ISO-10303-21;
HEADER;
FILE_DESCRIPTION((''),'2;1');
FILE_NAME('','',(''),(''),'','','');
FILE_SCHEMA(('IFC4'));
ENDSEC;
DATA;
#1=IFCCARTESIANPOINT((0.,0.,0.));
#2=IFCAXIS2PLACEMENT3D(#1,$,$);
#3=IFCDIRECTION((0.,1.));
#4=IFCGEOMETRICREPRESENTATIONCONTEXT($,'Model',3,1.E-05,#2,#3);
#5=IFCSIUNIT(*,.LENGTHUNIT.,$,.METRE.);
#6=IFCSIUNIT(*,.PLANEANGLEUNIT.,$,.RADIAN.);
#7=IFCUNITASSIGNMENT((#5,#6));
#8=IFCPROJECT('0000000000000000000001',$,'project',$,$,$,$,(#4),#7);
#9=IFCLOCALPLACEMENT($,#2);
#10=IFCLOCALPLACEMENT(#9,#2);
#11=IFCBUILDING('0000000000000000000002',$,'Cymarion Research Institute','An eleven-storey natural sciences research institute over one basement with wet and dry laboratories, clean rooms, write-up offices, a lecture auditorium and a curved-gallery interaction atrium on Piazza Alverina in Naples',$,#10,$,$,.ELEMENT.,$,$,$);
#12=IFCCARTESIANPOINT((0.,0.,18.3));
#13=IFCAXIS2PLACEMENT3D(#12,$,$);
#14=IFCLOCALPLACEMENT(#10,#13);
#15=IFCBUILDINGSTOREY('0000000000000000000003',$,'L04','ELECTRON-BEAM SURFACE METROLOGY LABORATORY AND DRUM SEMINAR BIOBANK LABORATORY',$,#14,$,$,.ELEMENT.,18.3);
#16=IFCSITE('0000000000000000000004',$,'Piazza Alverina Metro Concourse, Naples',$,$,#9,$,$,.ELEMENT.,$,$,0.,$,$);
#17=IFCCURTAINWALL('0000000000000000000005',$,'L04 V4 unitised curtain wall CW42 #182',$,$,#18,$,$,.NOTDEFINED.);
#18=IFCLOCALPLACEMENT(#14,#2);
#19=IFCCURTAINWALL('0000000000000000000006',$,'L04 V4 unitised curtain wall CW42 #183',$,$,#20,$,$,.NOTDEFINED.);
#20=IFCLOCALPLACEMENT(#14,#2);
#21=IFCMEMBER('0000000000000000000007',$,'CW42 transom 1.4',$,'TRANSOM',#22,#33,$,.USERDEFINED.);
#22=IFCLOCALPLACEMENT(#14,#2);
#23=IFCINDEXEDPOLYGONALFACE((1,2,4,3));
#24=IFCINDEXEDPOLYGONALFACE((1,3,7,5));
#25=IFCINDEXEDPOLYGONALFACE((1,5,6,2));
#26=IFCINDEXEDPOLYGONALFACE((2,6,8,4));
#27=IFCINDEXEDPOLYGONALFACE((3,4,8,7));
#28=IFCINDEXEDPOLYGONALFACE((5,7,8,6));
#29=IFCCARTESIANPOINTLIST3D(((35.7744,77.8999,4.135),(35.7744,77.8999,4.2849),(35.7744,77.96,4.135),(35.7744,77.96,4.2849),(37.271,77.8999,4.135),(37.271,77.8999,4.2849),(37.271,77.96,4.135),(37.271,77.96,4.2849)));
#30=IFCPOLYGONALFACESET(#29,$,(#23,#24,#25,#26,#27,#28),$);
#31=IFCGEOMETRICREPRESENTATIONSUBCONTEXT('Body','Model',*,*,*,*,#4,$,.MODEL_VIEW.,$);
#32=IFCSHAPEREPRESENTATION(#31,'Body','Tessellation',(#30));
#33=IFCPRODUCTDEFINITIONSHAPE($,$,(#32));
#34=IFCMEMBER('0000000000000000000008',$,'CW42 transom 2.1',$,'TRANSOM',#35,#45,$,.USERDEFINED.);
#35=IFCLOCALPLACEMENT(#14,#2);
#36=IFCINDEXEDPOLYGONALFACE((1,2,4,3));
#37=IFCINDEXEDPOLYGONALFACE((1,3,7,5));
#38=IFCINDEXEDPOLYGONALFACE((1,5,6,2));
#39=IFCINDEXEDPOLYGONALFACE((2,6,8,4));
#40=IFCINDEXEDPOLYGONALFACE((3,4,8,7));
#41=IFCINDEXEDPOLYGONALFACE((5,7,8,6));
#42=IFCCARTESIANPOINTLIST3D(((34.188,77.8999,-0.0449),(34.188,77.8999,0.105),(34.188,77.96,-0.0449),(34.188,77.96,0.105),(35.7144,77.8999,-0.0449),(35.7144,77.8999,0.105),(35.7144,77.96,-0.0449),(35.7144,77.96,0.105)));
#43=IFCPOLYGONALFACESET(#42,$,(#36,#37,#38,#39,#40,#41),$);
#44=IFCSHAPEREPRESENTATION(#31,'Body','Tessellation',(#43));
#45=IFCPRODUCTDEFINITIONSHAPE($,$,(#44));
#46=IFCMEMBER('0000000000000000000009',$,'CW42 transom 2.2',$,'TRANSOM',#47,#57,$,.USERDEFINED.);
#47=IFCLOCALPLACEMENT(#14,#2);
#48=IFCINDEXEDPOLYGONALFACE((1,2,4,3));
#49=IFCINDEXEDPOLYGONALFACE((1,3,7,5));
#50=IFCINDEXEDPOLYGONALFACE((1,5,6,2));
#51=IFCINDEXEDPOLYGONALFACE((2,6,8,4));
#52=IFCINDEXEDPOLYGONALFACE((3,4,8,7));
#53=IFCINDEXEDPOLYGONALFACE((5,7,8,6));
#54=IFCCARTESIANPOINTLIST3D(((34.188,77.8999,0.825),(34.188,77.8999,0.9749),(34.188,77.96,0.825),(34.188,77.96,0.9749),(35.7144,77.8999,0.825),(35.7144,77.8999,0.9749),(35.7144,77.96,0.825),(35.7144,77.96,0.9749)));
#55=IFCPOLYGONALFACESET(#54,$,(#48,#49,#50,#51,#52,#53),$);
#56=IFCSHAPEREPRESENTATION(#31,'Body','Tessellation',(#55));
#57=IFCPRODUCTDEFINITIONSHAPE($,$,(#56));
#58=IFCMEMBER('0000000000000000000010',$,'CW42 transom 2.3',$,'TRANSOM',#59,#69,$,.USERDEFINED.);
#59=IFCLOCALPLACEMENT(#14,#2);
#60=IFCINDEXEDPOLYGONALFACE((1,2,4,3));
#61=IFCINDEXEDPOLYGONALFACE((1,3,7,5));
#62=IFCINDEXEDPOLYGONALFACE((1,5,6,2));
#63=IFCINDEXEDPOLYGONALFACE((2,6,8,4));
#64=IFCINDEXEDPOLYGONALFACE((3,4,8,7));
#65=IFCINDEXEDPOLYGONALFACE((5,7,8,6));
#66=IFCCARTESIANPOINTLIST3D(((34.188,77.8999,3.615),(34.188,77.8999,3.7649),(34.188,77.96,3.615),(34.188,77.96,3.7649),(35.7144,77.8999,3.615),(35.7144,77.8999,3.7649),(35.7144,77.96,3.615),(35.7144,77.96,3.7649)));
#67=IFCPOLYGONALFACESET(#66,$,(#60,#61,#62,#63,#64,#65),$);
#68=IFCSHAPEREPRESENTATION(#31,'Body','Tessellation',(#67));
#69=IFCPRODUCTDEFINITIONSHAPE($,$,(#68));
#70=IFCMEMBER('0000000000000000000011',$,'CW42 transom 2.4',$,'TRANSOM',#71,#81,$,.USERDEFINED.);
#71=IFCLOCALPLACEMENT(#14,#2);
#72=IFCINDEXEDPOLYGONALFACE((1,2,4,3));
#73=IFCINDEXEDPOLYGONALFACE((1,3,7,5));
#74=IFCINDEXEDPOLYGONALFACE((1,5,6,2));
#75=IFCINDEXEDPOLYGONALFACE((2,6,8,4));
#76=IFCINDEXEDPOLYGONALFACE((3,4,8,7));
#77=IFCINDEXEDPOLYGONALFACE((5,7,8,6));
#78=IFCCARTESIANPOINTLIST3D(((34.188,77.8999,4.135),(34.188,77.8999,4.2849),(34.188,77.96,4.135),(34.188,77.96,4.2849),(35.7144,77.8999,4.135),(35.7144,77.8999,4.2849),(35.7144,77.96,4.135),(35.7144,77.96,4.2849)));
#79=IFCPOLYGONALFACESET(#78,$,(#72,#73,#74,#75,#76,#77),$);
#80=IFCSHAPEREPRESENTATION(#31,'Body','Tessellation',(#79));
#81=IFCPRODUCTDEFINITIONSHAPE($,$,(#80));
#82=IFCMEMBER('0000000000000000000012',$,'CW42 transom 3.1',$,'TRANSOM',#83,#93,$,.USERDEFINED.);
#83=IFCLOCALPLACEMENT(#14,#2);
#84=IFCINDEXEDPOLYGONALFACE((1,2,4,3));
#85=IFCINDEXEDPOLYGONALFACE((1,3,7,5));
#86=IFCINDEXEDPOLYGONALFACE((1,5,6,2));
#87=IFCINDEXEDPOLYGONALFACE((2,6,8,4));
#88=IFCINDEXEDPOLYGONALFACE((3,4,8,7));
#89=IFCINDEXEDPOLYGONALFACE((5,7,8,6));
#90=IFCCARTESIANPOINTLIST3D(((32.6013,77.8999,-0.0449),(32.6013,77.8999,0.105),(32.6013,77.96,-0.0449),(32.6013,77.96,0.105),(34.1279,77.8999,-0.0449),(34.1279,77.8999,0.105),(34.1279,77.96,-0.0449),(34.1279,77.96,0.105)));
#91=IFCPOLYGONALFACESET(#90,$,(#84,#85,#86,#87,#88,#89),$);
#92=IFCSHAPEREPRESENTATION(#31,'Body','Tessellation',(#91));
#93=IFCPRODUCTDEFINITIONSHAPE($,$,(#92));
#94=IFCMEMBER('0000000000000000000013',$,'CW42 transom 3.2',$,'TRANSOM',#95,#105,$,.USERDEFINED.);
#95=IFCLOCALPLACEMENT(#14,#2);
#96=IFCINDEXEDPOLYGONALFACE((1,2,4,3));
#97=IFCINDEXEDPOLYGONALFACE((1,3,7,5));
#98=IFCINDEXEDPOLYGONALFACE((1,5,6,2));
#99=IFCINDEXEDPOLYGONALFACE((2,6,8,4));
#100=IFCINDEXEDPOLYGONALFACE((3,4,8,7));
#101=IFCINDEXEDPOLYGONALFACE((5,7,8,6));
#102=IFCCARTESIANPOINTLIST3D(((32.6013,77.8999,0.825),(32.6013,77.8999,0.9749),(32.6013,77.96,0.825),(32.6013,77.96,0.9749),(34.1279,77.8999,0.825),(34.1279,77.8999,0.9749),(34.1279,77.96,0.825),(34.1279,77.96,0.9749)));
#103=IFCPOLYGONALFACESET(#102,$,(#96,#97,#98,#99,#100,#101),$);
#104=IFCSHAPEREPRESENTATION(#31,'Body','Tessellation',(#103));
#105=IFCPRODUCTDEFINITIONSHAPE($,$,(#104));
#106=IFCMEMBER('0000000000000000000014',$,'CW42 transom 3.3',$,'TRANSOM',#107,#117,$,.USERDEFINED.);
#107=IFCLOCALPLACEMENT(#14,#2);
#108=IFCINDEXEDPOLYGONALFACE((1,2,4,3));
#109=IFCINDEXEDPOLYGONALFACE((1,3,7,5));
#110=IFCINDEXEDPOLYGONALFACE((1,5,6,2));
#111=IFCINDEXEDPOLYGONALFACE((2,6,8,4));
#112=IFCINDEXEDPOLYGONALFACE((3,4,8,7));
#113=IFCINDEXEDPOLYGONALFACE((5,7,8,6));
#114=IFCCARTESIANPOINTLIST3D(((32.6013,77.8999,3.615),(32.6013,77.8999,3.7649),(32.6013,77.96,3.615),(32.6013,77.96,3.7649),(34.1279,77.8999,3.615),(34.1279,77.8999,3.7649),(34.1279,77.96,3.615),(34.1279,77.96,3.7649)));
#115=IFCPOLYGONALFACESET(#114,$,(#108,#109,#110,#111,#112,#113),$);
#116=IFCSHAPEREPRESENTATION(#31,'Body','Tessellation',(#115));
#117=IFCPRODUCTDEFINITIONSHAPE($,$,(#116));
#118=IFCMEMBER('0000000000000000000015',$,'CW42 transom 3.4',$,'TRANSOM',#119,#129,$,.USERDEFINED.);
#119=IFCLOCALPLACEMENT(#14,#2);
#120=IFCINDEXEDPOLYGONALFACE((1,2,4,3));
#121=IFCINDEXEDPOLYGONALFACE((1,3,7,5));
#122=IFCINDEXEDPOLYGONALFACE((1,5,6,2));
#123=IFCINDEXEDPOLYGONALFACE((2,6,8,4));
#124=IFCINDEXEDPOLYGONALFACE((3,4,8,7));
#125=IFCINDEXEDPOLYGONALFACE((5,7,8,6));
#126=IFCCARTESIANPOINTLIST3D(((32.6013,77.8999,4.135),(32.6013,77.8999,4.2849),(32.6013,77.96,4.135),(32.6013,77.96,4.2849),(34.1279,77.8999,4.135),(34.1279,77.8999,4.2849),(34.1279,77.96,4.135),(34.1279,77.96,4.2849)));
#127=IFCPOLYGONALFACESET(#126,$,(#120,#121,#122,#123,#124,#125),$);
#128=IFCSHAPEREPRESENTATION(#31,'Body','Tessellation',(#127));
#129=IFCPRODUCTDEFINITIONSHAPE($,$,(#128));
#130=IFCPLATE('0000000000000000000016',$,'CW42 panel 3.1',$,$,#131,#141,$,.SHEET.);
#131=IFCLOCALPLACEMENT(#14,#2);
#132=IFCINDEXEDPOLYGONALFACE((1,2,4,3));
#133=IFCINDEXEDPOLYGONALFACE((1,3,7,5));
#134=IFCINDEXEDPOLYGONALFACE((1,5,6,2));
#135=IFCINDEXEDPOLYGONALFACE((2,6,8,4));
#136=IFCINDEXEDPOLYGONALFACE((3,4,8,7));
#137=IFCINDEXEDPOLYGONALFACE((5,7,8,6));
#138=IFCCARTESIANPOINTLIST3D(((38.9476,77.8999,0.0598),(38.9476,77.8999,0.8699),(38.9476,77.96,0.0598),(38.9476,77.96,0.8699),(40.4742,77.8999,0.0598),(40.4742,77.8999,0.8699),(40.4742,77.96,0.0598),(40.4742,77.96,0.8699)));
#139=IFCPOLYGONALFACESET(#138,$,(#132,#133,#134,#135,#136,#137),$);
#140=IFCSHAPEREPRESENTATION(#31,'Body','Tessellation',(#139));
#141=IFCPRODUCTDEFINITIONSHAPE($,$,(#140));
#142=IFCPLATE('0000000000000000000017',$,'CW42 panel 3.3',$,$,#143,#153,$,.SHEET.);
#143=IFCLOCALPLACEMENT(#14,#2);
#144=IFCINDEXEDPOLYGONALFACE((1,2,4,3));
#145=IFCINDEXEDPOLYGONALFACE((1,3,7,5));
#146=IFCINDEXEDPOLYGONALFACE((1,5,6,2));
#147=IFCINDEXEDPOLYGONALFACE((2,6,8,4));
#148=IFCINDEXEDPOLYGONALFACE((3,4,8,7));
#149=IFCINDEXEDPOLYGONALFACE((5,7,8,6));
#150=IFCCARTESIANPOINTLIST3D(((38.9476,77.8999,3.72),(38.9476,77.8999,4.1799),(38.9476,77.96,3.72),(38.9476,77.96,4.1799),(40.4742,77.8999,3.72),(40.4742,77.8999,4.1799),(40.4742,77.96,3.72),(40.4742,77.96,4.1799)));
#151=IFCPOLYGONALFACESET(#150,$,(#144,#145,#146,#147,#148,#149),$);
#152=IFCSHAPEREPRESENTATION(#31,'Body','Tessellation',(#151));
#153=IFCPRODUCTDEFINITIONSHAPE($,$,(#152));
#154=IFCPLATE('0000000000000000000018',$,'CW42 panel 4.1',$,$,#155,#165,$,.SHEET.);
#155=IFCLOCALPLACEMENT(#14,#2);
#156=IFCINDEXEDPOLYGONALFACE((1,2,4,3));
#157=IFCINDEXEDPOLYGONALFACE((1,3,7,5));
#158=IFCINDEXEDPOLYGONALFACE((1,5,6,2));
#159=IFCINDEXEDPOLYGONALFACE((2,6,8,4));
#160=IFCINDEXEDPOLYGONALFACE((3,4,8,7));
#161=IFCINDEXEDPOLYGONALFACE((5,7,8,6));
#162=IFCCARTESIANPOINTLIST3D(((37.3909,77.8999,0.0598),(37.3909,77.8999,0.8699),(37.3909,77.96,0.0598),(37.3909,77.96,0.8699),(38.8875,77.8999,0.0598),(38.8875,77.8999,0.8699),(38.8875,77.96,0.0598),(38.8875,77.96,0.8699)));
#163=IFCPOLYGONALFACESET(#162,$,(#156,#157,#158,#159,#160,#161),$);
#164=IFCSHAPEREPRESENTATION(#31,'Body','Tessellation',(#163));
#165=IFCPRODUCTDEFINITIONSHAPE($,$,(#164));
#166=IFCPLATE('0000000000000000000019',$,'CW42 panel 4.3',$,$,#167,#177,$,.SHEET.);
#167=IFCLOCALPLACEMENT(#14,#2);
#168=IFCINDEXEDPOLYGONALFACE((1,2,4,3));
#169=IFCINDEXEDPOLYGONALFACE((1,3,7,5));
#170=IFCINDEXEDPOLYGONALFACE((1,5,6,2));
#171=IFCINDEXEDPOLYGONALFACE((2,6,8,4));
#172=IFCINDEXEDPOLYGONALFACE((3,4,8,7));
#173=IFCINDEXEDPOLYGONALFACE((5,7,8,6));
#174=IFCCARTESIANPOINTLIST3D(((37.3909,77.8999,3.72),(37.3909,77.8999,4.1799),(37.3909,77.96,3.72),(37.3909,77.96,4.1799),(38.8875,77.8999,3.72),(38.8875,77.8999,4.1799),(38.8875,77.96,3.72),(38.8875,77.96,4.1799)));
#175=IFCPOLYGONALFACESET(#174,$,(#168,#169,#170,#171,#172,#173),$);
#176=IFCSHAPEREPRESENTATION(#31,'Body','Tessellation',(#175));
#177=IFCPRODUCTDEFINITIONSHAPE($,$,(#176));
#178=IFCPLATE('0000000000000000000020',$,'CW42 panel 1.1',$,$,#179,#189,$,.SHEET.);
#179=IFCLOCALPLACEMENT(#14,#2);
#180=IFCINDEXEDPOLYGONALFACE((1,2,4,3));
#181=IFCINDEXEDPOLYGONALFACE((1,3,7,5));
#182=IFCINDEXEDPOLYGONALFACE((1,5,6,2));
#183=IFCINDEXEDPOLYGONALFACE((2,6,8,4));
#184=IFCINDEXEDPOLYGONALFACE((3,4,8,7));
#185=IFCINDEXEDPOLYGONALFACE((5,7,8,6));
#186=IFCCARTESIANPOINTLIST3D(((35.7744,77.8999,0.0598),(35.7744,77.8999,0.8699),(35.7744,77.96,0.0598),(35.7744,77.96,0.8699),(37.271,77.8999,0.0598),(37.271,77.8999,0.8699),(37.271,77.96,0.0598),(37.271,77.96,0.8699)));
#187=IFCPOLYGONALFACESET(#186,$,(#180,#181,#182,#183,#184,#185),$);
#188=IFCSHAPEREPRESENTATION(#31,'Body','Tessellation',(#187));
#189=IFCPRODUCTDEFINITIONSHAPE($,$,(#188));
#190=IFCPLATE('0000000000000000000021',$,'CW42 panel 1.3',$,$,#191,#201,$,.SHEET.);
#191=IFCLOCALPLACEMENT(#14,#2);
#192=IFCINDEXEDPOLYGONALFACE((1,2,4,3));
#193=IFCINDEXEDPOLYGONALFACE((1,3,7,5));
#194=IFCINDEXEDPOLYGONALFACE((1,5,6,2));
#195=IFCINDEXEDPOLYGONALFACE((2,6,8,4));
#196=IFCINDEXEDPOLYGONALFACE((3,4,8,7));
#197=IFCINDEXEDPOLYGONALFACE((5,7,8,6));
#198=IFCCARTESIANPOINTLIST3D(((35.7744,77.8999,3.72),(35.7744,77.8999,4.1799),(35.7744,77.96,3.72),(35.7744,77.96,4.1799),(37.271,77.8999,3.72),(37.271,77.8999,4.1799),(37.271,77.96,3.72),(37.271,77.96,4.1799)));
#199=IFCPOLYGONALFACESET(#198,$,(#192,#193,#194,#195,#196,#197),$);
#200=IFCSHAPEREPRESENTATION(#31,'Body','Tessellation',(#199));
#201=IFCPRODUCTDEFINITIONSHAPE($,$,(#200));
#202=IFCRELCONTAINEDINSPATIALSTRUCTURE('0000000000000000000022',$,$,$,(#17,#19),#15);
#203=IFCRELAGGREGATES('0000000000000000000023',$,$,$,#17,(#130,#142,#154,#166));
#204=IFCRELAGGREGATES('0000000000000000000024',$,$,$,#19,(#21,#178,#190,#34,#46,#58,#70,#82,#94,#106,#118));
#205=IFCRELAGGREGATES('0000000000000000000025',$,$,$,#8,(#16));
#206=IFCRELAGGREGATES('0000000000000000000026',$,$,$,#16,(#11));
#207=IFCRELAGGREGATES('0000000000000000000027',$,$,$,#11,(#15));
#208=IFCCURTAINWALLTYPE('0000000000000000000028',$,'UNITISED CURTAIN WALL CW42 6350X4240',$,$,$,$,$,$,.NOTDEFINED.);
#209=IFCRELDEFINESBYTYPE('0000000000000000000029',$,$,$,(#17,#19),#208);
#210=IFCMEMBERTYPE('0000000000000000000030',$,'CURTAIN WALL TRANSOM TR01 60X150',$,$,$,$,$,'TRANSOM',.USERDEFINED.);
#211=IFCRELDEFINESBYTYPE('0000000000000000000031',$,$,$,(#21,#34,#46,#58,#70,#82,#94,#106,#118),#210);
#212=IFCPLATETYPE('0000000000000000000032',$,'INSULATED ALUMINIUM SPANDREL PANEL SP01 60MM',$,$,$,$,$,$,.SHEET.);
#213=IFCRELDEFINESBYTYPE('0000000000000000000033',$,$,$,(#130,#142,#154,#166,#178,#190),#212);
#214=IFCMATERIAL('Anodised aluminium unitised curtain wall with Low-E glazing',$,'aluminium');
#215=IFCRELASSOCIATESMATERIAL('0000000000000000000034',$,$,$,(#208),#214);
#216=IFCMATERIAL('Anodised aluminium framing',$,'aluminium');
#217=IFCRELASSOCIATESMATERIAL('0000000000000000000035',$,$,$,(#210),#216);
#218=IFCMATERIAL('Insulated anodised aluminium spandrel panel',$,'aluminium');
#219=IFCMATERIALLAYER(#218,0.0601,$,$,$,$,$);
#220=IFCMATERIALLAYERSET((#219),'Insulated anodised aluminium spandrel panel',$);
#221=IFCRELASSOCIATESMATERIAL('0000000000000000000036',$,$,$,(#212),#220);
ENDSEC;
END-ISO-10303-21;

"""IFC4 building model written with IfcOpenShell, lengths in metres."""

from ifc_helpers import new_model, si_unit, direction, frame, origin, origin_2d, place, context, subcontext, project, spatial, rectangle, extrude, material, layer, layer_set, material_profile, profile_set, type_object, element, aggregate, save


model = new_model("IFC4")

# Units and contexts
model_context = context("Model", 3, precision=1e-05, world=origin(), true_north=direction((0.0, 1.0)))
body_context = subcontext(model_context, "Body", "Model", "MODEL_VIEW")
ifc_project = project(units=[si_unit("LENGTHUNIT", "METRE"), si_unit("PLANEANGLEUNIT", "RADIAN")], contexts=[model_context])

# Site, building, storey
site_placement = place(None, origin())
site = spatial("IfcSite", under=ifc_project, at=site_placement, Name="Piazza Alverina Metro Concourse, Naples", CompositionType="ELEMENT", RefElevation=0.0)
building_placement = place(site_placement, origin())
building = spatial("IfcBuilding", under=site, at=building_placement, Name="Cymarion Research Institute", Description="An eleven-storey natural sciences research institute over one basement with wet and dry laboratories, clean rooms, write-up offices, a lecture auditorium and a curved-gallery interaction atrium on Piazza Alverina in Naples", CompositionType="ELEMENT")
storey_placement = place(building_placement, frame((0.0, 0.0, 18.3)))
storey = spatial("IfcBuildingStorey", under=building, at=storey_placement, Name="L04", Description="ELECTRON-BEAM SURFACE METROLOGY LABORATORY AND DRUM SEMINAR BIOBANK LABORATORY", CompositionType="ELEMENT", Elevation=18.3)

# Curtain walls
ifc_material_1 = material(Name="Anodised aluminium unitised curtain wall with Low-E glazing", Category="aluminium")
curtain_wall_type = type_object("IfcCurtainWallType", Name="UNITISED CURTAIN WALL CW42 6350X4240", PredefinedType="NOTDEFINED", material=ifc_material_1)
curtain_wall_1_placement = place(storey_placement, origin())
curtain_wall_1 = element("IfcCurtainWall", 1, at=curtain_wall_1_placement, inside=storey, type_object=curtain_wall_type, Name="L04 V4 unitised curtain wall CW42 #182", PredefinedType="NOTDEFINED")
ifc_material_2 = material(Name="Anodised aluminium framing", Category="aluminium")
curtain_wall_2_placement = place(storey_placement, origin())
curtain_wall_2 = element("IfcCurtainWall", 2, at=curtain_wall_2_placement, inside=storey, type_object=curtain_wall_type, Name="L04 V4 unitised curtain wall CW42 #183", PredefinedType="NOTDEFINED")

# Members
ifc_material_profile_1 = material_profile(ifc_material_2, rectangle(XDim=0.0601, YDim=0.1499, at=origin_2d()), Name="ALU TRANSOM 60x150")
ifc_profile_set_1 = profile_set([ifc_material_profile_1], Name="Anodised aluminium framing")
member_type_1 = type_object("IfcMemberType", Name="CURTAIN WALL TRANSOM TR01 60X150", ElementType="TRANSOM", PredefinedType="USERDEFINED", material=ifc_profile_set_1)
member_1_placement = place(storey_placement, frame((37.271, 77.9299, 4.21), z_axis=(-1.0, 0.0, 0.0), x_axis=(0.0, -1.0, 0.0)))
member_1 = element("IfcMember", 3, at=member_1_placement, type_object=member_type_1, Name="CW42 transom 1.4", ObjectType="TRANSOM", PredefinedType="USERDEFINED", context=body_context, shape_type="SweptSolid", body=[
    extrude(rectangle(XDim=0.0601, YDim=0.1499, at=origin_2d()), origin(), (0.0, 0.0, 1.0), 1.4966),
])
member_2_placement = place(storey_placement, frame((35.7144, 77.9299, 0.03), z_axis=(-1.0, 0.0, 0.0), x_axis=(0.0, -1.0, 0.0)))
member_2 = element("IfcMember", 4, at=member_2_placement, type_object=member_type_1, Name="CW42 transom 2.1", ObjectType="TRANSOM", PredefinedType="USERDEFINED", context=body_context, shape_type="SweptSolid", body=[
    extrude(rectangle(XDim=0.0601, YDim=0.1499, at=origin_2d()), origin(), (0.0, 0.0, 1.0), 1.5264),
])
member_3_placement = place(storey_placement, frame((35.7144, 77.9299, 0.8999), z_axis=(-1.0, 0.0, 0.0), x_axis=(0.0, -1.0, 0.0)))
member_3 = element("IfcMember", 5, at=member_3_placement, type_object=member_type_1, Name="CW42 transom 2.2", ObjectType="TRANSOM", PredefinedType="USERDEFINED", context=body_context, shape_type="SweptSolid", body=[
    extrude(rectangle(XDim=0.0601, YDim=0.1499, at=origin_2d()), origin(), (0.0, 0.0, 1.0), 1.5264),
])
member_4_placement = place(storey_placement, frame((35.7144, 77.9299, 3.6899), z_axis=(-1.0, 0.0, 0.0), x_axis=(0.0, -1.0, 0.0)))
member_4 = element("IfcMember", 6, at=member_4_placement, type_object=member_type_1, Name="CW42 transom 2.3", ObjectType="TRANSOM", PredefinedType="USERDEFINED", context=body_context, shape_type="SweptSolid", body=[
    extrude(rectangle(XDim=0.0601, YDim=0.1499, at=origin_2d()), origin(), (0.0, 0.0, 1.0), 1.5264),
])
member_5_placement = place(storey_placement, frame((35.7144, 77.9299, 4.21), z_axis=(-1.0, 0.0, 0.0), x_axis=(0.0, -1.0, 0.0)))
member_5 = element("IfcMember", 7, at=member_5_placement, type_object=member_type_1, Name="CW42 transom 2.4", ObjectType="TRANSOM", PredefinedType="USERDEFINED", context=body_context, shape_type="SweptSolid", body=[
    extrude(rectangle(XDim=0.0601, YDim=0.1499, at=origin_2d()), origin(), (0.0, 0.0, 1.0), 1.5264),
])
member_6_placement = place(storey_placement, frame((34.1279, 77.9299, 0.03), z_axis=(-1.0, 0.0, 0.0), x_axis=(0.0, -1.0, 0.0)))
member_6 = element("IfcMember", 8, at=member_6_placement, type_object=member_type_1, Name="CW42 transom 3.1", ObjectType="TRANSOM", PredefinedType="USERDEFINED", context=body_context, shape_type="SweptSolid", body=[
    extrude(rectangle(XDim=0.0601, YDim=0.1499, at=origin_2d()), origin(), (0.0, 0.0, 1.0), 1.5266),
])
member_7_placement = place(storey_placement, frame((34.1279, 77.9299, 0.8999), z_axis=(-1.0, 0.0, 0.0), x_axis=(0.0, -1.0, 0.0)))
member_7 = element("IfcMember", 9, at=member_7_placement, type_object=member_type_1, Name="CW42 transom 3.2", ObjectType="TRANSOM", PredefinedType="USERDEFINED", context=body_context, shape_type="SweptSolid", body=[
    extrude(rectangle(XDim=0.0601, YDim=0.1499, at=origin_2d()), origin(), (0.0, 0.0, 1.0), 1.5266),
])
member_8_placement = place(storey_placement, frame((34.1279, 77.9299, 3.6899), z_axis=(-1.0, 0.0, 0.0), x_axis=(0.0, -1.0, 0.0)))
member_8 = element("IfcMember", 10, at=member_8_placement, type_object=member_type_1, Name="CW42 transom 3.3", ObjectType="TRANSOM", PredefinedType="USERDEFINED", context=body_context, shape_type="SweptSolid", body=[
    extrude(rectangle(XDim=0.0601, YDim=0.1499, at=origin_2d()), origin(), (0.0, 0.0, 1.0), 1.5266),
])
member_9_placement = place(storey_placement, frame((34.1279, 77.9299, 4.21), z_axis=(-1.0, 0.0, 0.0), x_axis=(0.0, -1.0, 0.0)))
member_9 = element("IfcMember", 11, at=member_9_placement, type_object=member_type_1, Name="CW42 transom 3.4", ObjectType="TRANSOM", PredefinedType="USERDEFINED", context=body_context, shape_type="SweptSolid", body=[
    extrude(rectangle(XDim=0.0601, YDim=0.1499, at=origin_2d()), origin(), (0.0, 0.0, 1.0), 1.5266),
])

# Plates
ifc_material_3 = material(Name="Insulated anodised aluminium spandrel panel", Category="aluminium")
ifc_layer_1 = layer(ifc_material_3, 0.0601)
ifc_layer_set_1 = layer_set([ifc_layer_1], Name="Insulated anodised aluminium spandrel panel")
plate_type_1 = type_object("IfcPlateType", Name="INSULATED ALUMINIUM SPANDREL PANEL SP01 60MM", PredefinedType="SHEET", material=ifc_layer_set_1)
plate_1_placement = place(storey_placement, frame((39.7109, 77.9299, 0.0598), z_axis=(0.0, 0.0, 1.0), x_axis=(-1.0, 0.0, 0.0)))
plate_1 = element("IfcPlate", 12, at=plate_1_placement, type_object=plate_type_1, Name="CW42 panel 3.1", PredefinedType="SHEET", context=body_context, shape_type="SweptSolid", body=[
    extrude(rectangle(XDim=1.5266, YDim=0.0601, at=origin_2d()), origin(), (0.0, 0.0, 1.0), 0.8101),
])
plate_2_placement = place(storey_placement, frame((39.7109, 77.9299, 3.72), z_axis=(0.0, 0.0, 1.0), x_axis=(-1.0, 0.0, 0.0)))
plate_2 = element("IfcPlate", 13, at=plate_2_placement, type_object=plate_type_1, Name="CW42 panel 3.3", PredefinedType="SHEET", context=body_context, shape_type="SweptSolid", body=[
    extrude(rectangle(XDim=1.5266, YDim=0.0601, at=origin_2d()), origin(), (0.0, 0.0, 1.0), 0.46),
])
plate_3_placement = place(storey_placement, frame((38.1392, 77.9299, 0.0598), z_axis=(0.0, 0.0, 1.0), x_axis=(-1.0, 0.0, 0.0)))
plate_3 = element("IfcPlate", 14, at=plate_3_placement, type_object=plate_type_1, Name="CW42 panel 4.1", PredefinedType="SHEET", context=body_context, shape_type="SweptSolid", body=[
    extrude(rectangle(XDim=1.4966, YDim=0.0601, at=origin_2d()), origin(), (0.0, 0.0, 1.0), 0.8101),
])
plate_4_placement = place(storey_placement, frame((38.1392, 77.9299, 3.72), z_axis=(0.0, 0.0, 1.0), x_axis=(-1.0, 0.0, 0.0)))
plate_4 = element("IfcPlate", 15, at=plate_4_placement, type_object=plate_type_1, Name="CW42 panel 4.3", PredefinedType="SHEET", context=body_context, shape_type="SweptSolid", body=[
    extrude(rectangle(XDim=1.4966, YDim=0.0601, at=origin_2d()), origin(), (0.0, 0.0, 1.0), 0.46),
])
plate_5_placement = place(storey_placement, frame((36.5227, 77.9299, 0.0598), z_axis=(0.0, 0.0, 1.0), x_axis=(-1.0, 0.0, 0.0)))
plate_5 = element("IfcPlate", 16, at=plate_5_placement, type_object=plate_type_1, Name="CW42 panel 1.1", PredefinedType="SHEET", context=body_context, shape_type="SweptSolid", body=[
    extrude(rectangle(XDim=1.4966, YDim=0.0601, at=origin_2d()), origin(), (0.0, 0.0, 1.0), 0.8101),
])
plate_6_placement = place(storey_placement, frame((36.5227, 77.9299, 3.72), z_axis=(0.0, 0.0, 1.0), x_axis=(-1.0, 0.0, 0.0)))
plate_6 = element("IfcPlate", 17, at=plate_6_placement, type_object=plate_type_1, Name="CW42 panel 1.3", PredefinedType="SHEET", context=body_context, shape_type="SweptSolid", body=[
    extrude(rectangle(XDim=1.4966, YDim=0.0601, at=origin_2d()), origin(), (0.0, 0.0, 1.0), 0.46),
])
aggregate(curtain_wall_1, [plate_1, plate_2, plate_3, plate_4])
aggregate(curtain_wall_2, [member_1, plate_5, plate_6, member_2, member_3, member_4, member_5, member_6, member_7, member_8, member_9])

save(model, "model.ifc")
